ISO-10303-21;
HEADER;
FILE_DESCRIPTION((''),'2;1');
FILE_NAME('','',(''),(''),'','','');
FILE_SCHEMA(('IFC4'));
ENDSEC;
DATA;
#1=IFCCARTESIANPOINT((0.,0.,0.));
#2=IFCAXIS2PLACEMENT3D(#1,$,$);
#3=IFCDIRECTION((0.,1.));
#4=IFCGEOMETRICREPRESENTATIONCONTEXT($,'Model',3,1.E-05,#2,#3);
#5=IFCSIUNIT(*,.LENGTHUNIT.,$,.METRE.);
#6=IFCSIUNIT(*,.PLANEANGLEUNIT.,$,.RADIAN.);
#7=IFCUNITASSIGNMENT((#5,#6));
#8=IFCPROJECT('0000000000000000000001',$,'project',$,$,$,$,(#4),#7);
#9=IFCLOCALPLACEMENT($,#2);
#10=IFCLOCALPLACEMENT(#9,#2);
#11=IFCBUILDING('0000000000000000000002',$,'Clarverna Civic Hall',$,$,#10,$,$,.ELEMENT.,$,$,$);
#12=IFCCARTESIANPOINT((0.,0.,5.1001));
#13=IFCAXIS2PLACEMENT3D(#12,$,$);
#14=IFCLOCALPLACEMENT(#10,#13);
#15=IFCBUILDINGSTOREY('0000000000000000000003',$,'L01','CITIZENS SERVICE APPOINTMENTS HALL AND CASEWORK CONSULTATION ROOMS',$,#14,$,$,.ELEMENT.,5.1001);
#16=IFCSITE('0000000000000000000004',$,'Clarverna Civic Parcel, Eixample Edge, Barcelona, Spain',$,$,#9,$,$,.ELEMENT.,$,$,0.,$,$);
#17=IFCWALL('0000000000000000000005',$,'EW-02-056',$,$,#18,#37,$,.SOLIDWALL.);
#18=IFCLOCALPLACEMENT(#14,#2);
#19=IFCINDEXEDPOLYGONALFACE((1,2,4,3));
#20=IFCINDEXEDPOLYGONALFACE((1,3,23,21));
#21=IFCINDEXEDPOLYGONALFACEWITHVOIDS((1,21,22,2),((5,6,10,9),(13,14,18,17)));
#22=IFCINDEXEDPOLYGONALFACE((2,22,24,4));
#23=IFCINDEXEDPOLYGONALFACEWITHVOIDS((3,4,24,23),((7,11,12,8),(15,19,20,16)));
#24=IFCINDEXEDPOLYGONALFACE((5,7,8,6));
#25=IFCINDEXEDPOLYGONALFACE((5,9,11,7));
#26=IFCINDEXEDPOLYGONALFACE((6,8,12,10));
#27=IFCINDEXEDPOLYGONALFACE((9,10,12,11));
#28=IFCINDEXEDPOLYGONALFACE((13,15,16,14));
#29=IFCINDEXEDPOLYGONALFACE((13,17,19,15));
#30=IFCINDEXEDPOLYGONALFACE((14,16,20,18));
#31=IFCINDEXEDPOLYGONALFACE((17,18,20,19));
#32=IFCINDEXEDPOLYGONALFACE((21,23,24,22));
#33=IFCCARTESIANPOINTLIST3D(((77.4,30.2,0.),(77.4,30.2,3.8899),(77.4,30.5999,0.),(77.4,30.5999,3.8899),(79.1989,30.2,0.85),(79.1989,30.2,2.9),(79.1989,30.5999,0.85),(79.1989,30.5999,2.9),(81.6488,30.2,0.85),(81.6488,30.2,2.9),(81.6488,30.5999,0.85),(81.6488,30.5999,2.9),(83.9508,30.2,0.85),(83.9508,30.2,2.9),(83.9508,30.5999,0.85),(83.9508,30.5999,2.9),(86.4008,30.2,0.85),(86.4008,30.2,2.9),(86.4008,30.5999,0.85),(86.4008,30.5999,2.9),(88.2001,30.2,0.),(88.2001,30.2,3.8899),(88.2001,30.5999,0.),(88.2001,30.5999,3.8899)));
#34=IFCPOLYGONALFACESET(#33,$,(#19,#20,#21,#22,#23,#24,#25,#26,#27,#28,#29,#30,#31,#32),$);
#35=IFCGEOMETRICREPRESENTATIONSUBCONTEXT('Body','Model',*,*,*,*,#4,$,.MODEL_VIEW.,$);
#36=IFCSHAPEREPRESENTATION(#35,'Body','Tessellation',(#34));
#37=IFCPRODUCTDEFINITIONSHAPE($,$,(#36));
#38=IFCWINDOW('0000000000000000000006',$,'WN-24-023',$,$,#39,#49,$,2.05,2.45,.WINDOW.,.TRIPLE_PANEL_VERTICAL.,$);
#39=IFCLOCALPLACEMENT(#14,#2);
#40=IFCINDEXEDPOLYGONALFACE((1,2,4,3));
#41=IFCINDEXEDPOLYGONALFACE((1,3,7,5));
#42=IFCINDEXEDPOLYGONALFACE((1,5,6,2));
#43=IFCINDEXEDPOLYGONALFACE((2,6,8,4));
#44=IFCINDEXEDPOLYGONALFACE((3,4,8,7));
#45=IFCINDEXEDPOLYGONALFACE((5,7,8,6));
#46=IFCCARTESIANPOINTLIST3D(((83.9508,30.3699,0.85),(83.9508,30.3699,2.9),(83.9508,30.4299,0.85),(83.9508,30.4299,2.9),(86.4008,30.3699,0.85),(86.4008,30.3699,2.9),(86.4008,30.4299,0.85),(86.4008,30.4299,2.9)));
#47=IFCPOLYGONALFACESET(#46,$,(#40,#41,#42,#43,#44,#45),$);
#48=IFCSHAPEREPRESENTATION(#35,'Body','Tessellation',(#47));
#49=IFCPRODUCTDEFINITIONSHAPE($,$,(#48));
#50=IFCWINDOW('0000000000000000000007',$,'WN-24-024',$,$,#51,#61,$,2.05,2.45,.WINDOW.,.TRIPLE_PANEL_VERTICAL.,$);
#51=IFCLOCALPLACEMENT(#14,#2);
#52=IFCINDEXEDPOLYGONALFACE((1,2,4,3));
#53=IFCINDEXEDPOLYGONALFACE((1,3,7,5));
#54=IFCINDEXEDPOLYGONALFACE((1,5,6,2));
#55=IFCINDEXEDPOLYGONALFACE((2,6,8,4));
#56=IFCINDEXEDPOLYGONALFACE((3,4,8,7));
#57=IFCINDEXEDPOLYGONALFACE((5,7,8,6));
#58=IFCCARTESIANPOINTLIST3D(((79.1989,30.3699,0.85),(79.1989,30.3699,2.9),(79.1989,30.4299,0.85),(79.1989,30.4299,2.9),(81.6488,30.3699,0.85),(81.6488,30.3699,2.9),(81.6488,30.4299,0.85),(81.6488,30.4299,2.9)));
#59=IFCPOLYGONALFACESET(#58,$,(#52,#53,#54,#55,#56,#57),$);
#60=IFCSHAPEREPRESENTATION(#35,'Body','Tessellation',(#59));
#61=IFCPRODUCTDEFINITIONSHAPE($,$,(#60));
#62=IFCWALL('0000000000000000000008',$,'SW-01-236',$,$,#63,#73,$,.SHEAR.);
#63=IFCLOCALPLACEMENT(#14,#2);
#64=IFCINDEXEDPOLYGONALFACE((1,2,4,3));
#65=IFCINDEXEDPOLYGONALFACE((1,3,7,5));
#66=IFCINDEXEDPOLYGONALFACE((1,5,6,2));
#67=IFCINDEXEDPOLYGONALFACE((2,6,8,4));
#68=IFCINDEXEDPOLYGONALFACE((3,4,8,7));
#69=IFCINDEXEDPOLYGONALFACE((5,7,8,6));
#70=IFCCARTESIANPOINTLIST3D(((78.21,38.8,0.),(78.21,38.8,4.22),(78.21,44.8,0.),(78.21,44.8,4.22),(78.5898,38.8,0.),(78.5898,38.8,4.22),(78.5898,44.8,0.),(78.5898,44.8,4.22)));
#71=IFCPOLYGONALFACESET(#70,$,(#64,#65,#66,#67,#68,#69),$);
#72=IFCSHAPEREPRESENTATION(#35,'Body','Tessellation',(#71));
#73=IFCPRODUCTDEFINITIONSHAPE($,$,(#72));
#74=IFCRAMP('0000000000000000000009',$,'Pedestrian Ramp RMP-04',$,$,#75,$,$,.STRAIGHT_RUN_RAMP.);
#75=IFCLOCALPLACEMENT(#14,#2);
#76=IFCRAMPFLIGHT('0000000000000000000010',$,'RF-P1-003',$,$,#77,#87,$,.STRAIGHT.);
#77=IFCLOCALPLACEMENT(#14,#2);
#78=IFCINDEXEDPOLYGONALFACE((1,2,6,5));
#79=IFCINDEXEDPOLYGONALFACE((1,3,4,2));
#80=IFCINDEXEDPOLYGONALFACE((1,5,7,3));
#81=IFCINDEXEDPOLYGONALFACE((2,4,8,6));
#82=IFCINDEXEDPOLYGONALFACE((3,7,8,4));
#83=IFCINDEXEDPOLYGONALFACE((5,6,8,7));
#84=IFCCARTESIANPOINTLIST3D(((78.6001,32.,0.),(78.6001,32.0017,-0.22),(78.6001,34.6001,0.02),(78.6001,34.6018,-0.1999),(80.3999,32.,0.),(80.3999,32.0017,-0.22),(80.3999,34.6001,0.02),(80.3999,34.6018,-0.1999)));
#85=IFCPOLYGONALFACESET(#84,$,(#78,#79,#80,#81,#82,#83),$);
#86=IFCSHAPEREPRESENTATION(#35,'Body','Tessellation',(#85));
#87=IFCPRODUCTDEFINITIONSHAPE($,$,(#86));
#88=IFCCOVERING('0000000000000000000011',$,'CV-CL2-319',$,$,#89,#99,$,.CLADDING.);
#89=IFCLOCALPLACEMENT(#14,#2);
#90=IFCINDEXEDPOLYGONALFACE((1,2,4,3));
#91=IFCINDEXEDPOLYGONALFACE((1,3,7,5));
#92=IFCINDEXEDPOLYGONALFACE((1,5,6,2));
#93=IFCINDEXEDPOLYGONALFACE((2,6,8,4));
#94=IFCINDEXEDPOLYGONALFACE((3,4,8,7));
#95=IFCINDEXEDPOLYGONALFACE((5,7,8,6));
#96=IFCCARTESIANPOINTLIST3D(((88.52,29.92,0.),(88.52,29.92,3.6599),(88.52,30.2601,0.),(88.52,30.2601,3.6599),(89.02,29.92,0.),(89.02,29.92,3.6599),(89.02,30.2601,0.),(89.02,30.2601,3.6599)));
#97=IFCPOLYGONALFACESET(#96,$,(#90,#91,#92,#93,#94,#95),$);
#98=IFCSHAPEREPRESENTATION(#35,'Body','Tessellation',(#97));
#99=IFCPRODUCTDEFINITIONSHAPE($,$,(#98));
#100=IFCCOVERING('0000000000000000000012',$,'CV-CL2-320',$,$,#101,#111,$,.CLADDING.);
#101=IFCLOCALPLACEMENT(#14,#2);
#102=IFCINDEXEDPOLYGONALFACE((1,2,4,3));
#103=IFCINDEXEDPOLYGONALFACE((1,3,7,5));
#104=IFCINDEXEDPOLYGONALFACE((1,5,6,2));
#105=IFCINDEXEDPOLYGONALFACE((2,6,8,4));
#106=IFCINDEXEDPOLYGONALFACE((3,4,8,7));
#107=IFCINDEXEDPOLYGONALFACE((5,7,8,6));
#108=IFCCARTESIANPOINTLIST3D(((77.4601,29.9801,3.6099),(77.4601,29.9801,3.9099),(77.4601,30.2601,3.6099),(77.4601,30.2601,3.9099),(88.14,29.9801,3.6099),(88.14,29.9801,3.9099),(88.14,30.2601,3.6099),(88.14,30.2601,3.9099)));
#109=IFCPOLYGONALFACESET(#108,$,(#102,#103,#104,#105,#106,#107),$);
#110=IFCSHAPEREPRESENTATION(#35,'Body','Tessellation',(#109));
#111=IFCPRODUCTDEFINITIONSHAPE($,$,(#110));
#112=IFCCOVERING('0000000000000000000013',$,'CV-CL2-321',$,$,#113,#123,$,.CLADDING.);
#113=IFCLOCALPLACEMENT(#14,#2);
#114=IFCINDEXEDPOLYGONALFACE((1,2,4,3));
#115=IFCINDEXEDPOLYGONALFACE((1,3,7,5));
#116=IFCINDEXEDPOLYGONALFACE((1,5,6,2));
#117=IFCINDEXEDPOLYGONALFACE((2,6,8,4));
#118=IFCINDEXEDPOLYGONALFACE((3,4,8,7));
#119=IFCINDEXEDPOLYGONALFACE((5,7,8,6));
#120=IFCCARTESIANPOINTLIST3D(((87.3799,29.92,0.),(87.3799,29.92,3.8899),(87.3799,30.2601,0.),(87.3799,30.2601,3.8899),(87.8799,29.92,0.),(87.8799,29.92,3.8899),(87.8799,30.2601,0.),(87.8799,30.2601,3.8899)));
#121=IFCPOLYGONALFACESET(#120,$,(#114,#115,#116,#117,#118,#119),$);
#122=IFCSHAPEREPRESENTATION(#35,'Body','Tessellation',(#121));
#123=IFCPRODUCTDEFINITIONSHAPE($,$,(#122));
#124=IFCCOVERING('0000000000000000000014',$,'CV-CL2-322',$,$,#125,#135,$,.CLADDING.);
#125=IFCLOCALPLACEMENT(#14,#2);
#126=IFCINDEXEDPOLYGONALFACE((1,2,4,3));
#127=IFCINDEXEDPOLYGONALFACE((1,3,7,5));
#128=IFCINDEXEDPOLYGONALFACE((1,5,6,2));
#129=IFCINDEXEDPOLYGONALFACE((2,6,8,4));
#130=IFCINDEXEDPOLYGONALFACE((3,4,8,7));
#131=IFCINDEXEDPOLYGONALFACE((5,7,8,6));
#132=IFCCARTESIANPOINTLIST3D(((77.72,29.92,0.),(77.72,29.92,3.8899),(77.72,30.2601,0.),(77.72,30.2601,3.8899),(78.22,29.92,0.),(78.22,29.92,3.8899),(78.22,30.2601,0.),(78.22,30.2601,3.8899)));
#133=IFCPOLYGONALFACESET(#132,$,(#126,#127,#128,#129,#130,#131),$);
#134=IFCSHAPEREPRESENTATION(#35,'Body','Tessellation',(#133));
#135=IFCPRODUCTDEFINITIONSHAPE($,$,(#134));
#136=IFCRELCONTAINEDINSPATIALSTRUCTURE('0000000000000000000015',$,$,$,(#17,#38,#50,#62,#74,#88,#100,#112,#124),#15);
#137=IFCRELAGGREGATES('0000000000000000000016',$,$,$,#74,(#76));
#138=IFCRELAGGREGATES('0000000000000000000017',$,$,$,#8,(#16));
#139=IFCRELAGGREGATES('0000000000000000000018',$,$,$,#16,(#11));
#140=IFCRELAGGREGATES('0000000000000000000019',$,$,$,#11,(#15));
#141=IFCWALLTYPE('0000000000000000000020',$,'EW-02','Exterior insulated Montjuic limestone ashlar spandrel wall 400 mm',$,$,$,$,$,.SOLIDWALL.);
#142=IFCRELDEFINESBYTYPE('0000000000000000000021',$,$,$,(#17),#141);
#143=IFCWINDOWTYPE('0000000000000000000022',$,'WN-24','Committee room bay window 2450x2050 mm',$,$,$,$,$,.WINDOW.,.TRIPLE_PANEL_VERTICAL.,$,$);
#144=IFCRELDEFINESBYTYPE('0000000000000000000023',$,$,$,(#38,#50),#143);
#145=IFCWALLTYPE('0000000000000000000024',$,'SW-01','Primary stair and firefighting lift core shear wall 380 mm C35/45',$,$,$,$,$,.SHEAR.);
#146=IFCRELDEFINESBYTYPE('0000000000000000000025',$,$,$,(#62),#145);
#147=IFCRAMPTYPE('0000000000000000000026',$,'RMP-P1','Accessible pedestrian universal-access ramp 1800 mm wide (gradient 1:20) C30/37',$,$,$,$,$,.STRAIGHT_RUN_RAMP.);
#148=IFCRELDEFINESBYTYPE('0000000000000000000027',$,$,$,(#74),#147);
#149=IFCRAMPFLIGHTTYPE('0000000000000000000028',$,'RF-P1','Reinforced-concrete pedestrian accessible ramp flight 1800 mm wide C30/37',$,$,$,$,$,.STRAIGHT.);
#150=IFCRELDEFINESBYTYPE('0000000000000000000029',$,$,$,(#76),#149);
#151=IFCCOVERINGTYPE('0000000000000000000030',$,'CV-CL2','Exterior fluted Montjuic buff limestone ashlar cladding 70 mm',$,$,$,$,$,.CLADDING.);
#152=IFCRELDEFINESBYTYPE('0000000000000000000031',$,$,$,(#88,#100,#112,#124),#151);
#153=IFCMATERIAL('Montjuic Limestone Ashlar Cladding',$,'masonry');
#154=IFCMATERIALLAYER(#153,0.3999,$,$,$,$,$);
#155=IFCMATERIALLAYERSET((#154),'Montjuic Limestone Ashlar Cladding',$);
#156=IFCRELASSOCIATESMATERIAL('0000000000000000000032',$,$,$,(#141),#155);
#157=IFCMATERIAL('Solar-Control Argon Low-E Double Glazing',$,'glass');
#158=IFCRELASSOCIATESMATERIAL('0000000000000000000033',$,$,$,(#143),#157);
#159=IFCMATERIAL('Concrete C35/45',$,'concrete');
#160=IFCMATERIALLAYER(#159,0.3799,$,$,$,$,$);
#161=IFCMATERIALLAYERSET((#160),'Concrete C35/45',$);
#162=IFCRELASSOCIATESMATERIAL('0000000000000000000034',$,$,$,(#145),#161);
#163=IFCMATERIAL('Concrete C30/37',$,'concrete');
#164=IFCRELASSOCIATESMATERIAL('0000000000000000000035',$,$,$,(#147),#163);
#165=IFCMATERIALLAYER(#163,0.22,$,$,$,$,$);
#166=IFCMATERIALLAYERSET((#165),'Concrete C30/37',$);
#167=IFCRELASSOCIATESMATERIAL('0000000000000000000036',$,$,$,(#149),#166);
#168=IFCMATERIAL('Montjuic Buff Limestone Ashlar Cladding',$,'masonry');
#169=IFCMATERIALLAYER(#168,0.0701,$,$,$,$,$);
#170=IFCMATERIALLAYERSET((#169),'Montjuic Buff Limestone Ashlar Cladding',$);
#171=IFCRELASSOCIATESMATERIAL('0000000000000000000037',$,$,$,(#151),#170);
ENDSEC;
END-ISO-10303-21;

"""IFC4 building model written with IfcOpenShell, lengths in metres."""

from ifc_helpers import new_model, si_unit, direction, frame, frame_2d, origin, place, context, subcontext, project, spatial, polyline, rectangle, outline, extrude, material, layer, layer_set, type_object, element, fill, aggregate, save


model = new_model("IFC4")

# Units and contexts
model_context = context("Model", 3, precision=1e-05, world=origin(), true_north=direction((0.0, 1.0)))
body_context = subcontext(model_context, "Body", "Model", "MODEL_VIEW")
ifc_project = project(units=[si_unit("LENGTHUNIT", "METRE"), si_unit("PLANEANGLEUNIT", "RADIAN")], contexts=[model_context])

# Site, building, storey
site_placement = place(None, origin())
site = spatial("IfcSite", under=ifc_project, at=site_placement, Name="Clarverna Civic Parcel, Eixample Edge, Barcelona, Spain", CompositionType="ELEMENT", RefElevation=0.0)
building_placement = place(site_placement, origin())
building = spatial("IfcBuilding", under=site, at=building_placement, Name="Clarverna Civic Hall", CompositionType="ELEMENT")
storey_placement = place(building_placement, frame((0.0, 0.0, 5.1001)))
storey = spatial("IfcBuildingStorey", under=building, at=storey_placement, Name="L01", Description="CITIZENS SERVICE APPOINTMENTS HALL AND CASEWORK CONSULTATION ROOMS", CompositionType="ELEMENT", Elevation=5.1001)

# Shared definitions
ifc_material_1 = material(Name="Concrete C35/45", Category="concrete")

# Wall, openings, windows
ifc_material_2 = material(Name="Montjuic Limestone Ashlar Cladding", Category="masonry")
ifc_layer_1 = layer(ifc_material_2, 0.3999)
ifc_layer_set_1 = layer_set([ifc_layer_1], Name="Montjuic Limestone Ashlar Cladding")
wall_type_1 = type_object("IfcWallType", Name="EW-02", Description="Exterior insulated Montjuic limestone ashlar spandrel wall 400 mm", PredefinedType="SOLIDWALL", material=ifc_layer_set_1)
wall_1_placement = place(storey_placement, frame((88.2, 30.3999, 0.0), z_axis=(0.0, 0.0, 1.0), x_axis=(-1.0, 0.0, 0.0)))
wall_1 = element("IfcWall", 1, at=wall_1_placement, inside=storey, type_object=wall_type_1, Name="EW-02-056", PredefinedType="SOLIDWALL", context=body_context, shape_type="SweptSolid", body=[
    extrude(rectangle(XDim=10.8, YDim=0.3999, at=frame_2d((5.3999, 0.0))), origin(), (0.0, 0.0, 1.0), 3.8899),
])
opening_1_placement = place(wall_1_placement, frame((1.7991, 0.0, 0.8501)))
opening_1 = element("IfcOpeningElement", 2, at=opening_1_placement, cuts=wall_1, PredefinedType="OPENING", context=body_context, shape_type="SweptSolid", body=[
    extrude(rectangle(XDim=2.45, YDim=2.05, at=frame_2d((1.2251, 1.0249))), frame((0.0, 0.21, 0.0), z_axis=(0.0, -1.0, 0.0), x_axis=(1.0, 0.0, 0.0)), (0.0, 0.0, 1.0), 0.4199),
])
opening_2_placement = place(wall_1_placement, frame((6.551, 0.0, 0.8501)))
opening_2 = element("IfcOpeningElement", 3, at=opening_2_placement, cuts=wall_1, PredefinedType="OPENING", context=body_context, shape_type="SweptSolid", body=[
    extrude(rectangle(XDim=2.45, YDim=2.05, at=frame_2d((1.2251, 1.0249))), frame((0.0, 0.21, 0.0), z_axis=(0.0, -1.0, 0.0), x_axis=(1.0, 0.0, 0.0)), (0.0, 0.0, 1.0), 0.4199),
])
ifc_material_3 = material(Name="Solar-Control Argon Low-E Double Glazing", Category="glass")
window_type = type_object("IfcWindowType", Name="WN-24", Description="Committee room bay window 2450x2050 mm", PartitioningType="TRIPLE_PANEL_VERTICAL", PredefinedType="WINDOW", material=ifc_material_3)
window_1_placement = place(opening_1_placement, origin())
window_1 = element("IfcWindow", 4, at=window_1_placement, inside=storey, type_object=window_type, Name="WN-24-023", OverallHeight=2.05, OverallWidth=2.45, PartitioningType="TRIPLE_PANEL_VERTICAL", PredefinedType="WINDOW", context=body_context, shape_type="SweptSolid", body=[
    extrude(rectangle(XDim=2.45, YDim=2.05, at=frame_2d((1.2251, 1.0249))), frame((0.0, 0.03, 0.0), z_axis=(0.0, -1.0, 0.0), x_axis=(1.0, 0.0, 0.0)), (0.0, 0.0, 1.0), 0.0601),
])
fill(opening_1, window_1)
window_2_placement = place(opening_2_placement, origin())
window_2 = element("IfcWindow", 5, at=window_2_placement, inside=storey, type_object=window_type, Name="WN-24-024", OverallHeight=2.05, OverallWidth=2.45, PartitioningType="TRIPLE_PANEL_VERTICAL", PredefinedType="WINDOW", context=body_context, shape_type="SweptSolid", body=[
    extrude(rectangle(XDim=2.45, YDim=2.05, at=frame_2d((1.2251, 1.0249))), frame((0.0, 0.03, 0.0), z_axis=(0.0, -1.0, 0.0), x_axis=(1.0, 0.0, 0.0)), (0.0, 0.0, 1.0), 0.0601),
])
fill(opening_2, window_2)

# Wall
ifc_layer_2 = layer(ifc_material_1, 0.3799)
ifc_layer_set_2 = layer_set([ifc_layer_2], Name="Concrete C35/45")
wall_type_2 = type_object("IfcWallType", Name="SW-01", Description="Primary stair and firefighting lift core shear wall 380 mm C35/45", PredefinedType="SHEAR", material=ifc_layer_set_2)
wall_2_placement = place(storey_placement, frame((78.3999, 38.8, 0.0), z_axis=(0.0, 0.0, 1.0), x_axis=(0.0, 1.0, 0.0)))
element("IfcWall", 6, at=wall_2_placement, inside=storey, type_object=wall_type_2, Name="SW-01-236", PredefinedType="SHEAR", context=body_context, shape_type="SweptSolid", body=[
    extrude(rectangle(XDim=6.0, YDim=0.3799, at=frame_2d((3.0, 0.0))), origin(), (0.0, 0.0, 1.0), 4.22),
])

# Ramp, ramp flight
ifc_material_4 = material(Name="Concrete C30/37", Category="concrete")
ramp_type = type_object("IfcRampType", Name="RMP-P1", Description="Accessible pedestrian universal-access ramp 1800 mm wide (gradient 1:20) C30/37", PredefinedType="STRAIGHT_RUN_RAMP", material=ifc_material_4)
ramp_placement = place(storey_placement, origin())
ramp = element("IfcRamp", 7, at=ramp_placement, inside=storey, type_object=ramp_type, Name="Pedestrian Ramp RMP-04", PredefinedType="STRAIGHT_RUN_RAMP")
ifc_layer_3 = layer(ifc_material_4, 0.22)
ifc_layer_set_3 = layer_set([ifc_layer_3], Name="Concrete C30/37")
ramp_flight_type = type_object("IfcRampFlightType", Name="RF-P1", Description="Reinforced-concrete pedestrian accessible ramp flight 1800 mm wide C30/37", PredefinedType="STRAIGHT", material=ifc_layer_set_3)
ramp_flight_placement = place(storey_placement, frame((78.6001, 32.0, 0.0), z_axis=(0.0, -0.007699, 0.99997), x_axis=(1.0, 0.0, 0.0)))
ramp_flight = element("IfcRampFlight", 8, at=ramp_flight_placement, type_object=ramp_flight_type, Name="RF-P1-003", PredefinedType="STRAIGHT", context=body_context, shape_type="SweptSolid", body=[
    extrude(outline(polyline([(0.0, 0.0), (1.7998, 0.0), (1.7998, 2.6002), (0.0, 2.6002), (0.0, 0.0)])), origin(), (0.0, 0.0, -1.0), 0.22),
])
aggregate(ramp, [ramp_flight])

# Coverings
ifc_material_5 = material(Name="Montjuic Buff Limestone Ashlar Cladding", Category="masonry")
ifc_layer_4 = layer(ifc_material_5, 0.0701)
ifc_layer_set_4 = layer_set([ifc_layer_4], Name="Montjuic Buff Limestone Ashlar Cladding")
covering_type = type_object("IfcCoveringType", Name="CV-CL2", Description="Exterior fluted Montjuic buff limestone ashlar cladding 70 mm", PredefinedType="CLADDING", material=ifc_layer_set_4)
covering_1_placement = place(storey_placement, frame((89.02, 30.0901, 0.0), z_axis=(0.0, 0.0, 1.0), x_axis=(-1.0, 0.0, 0.0)))
element("IfcCovering", 9, at=covering_1_placement, inside=storey, type_object=covering_type, Name="CV-CL2-319", PredefinedType="CLADDING", context=body_context, shape_type="SweptSolid", body=[
    extrude(rectangle(XDim=0.5, YDim=0.3401, at=frame_2d((0.25, 0.0))), origin(), (0.0, 0.0, 1.0), 3.6599),
])
covering_2_placement = place(storey_placement, frame((88.1399, 30.1201, 3.6099), z_axis=(0.0, 0.0, 1.0), x_axis=(-1.0, 0.0, 0.0)))
element("IfcCovering", 10, at=covering_2_placement, inside=storey, type_object=covering_type, Name="CV-CL2-320", PredefinedType="CLADDING", context=body_context, shape_type="SweptSolid", body=[
    extrude(rectangle(XDim=10.6799, YDim=0.28, at=frame_2d((5.3398, 0.0))), origin(), (0.0, 0.0, 1.0), 0.3),
])
for number, where, z_axis, x_axis, name in (
    (11, (87.8799, 30.0901, 0.0), (0.0, 0.0, 1.0), (-1.0, 0.0, 0.0), "CV-CL2-321"),
    (12, (78.22, 30.0901, 0.0), (0.0, 0.0, 1.0), (-1.0, 0.0, 0.0), "CV-CL2-322"),
):
    element("IfcCovering", number, at=place(storey_placement, frame(where, z_axis=z_axis, x_axis=x_axis)), inside=storey, type_object=covering_type, Name=name, PredefinedType="CLADDING", context=body_context, shape_type="SweptSolid", body=[
        extrude(rectangle(XDim=0.5, YDim=0.3401, at=frame_2d((0.25, 0.0))), origin(), (0.0, 0.0, 1.0), 3.8899),
    ])

save(model, "model.ifc")
